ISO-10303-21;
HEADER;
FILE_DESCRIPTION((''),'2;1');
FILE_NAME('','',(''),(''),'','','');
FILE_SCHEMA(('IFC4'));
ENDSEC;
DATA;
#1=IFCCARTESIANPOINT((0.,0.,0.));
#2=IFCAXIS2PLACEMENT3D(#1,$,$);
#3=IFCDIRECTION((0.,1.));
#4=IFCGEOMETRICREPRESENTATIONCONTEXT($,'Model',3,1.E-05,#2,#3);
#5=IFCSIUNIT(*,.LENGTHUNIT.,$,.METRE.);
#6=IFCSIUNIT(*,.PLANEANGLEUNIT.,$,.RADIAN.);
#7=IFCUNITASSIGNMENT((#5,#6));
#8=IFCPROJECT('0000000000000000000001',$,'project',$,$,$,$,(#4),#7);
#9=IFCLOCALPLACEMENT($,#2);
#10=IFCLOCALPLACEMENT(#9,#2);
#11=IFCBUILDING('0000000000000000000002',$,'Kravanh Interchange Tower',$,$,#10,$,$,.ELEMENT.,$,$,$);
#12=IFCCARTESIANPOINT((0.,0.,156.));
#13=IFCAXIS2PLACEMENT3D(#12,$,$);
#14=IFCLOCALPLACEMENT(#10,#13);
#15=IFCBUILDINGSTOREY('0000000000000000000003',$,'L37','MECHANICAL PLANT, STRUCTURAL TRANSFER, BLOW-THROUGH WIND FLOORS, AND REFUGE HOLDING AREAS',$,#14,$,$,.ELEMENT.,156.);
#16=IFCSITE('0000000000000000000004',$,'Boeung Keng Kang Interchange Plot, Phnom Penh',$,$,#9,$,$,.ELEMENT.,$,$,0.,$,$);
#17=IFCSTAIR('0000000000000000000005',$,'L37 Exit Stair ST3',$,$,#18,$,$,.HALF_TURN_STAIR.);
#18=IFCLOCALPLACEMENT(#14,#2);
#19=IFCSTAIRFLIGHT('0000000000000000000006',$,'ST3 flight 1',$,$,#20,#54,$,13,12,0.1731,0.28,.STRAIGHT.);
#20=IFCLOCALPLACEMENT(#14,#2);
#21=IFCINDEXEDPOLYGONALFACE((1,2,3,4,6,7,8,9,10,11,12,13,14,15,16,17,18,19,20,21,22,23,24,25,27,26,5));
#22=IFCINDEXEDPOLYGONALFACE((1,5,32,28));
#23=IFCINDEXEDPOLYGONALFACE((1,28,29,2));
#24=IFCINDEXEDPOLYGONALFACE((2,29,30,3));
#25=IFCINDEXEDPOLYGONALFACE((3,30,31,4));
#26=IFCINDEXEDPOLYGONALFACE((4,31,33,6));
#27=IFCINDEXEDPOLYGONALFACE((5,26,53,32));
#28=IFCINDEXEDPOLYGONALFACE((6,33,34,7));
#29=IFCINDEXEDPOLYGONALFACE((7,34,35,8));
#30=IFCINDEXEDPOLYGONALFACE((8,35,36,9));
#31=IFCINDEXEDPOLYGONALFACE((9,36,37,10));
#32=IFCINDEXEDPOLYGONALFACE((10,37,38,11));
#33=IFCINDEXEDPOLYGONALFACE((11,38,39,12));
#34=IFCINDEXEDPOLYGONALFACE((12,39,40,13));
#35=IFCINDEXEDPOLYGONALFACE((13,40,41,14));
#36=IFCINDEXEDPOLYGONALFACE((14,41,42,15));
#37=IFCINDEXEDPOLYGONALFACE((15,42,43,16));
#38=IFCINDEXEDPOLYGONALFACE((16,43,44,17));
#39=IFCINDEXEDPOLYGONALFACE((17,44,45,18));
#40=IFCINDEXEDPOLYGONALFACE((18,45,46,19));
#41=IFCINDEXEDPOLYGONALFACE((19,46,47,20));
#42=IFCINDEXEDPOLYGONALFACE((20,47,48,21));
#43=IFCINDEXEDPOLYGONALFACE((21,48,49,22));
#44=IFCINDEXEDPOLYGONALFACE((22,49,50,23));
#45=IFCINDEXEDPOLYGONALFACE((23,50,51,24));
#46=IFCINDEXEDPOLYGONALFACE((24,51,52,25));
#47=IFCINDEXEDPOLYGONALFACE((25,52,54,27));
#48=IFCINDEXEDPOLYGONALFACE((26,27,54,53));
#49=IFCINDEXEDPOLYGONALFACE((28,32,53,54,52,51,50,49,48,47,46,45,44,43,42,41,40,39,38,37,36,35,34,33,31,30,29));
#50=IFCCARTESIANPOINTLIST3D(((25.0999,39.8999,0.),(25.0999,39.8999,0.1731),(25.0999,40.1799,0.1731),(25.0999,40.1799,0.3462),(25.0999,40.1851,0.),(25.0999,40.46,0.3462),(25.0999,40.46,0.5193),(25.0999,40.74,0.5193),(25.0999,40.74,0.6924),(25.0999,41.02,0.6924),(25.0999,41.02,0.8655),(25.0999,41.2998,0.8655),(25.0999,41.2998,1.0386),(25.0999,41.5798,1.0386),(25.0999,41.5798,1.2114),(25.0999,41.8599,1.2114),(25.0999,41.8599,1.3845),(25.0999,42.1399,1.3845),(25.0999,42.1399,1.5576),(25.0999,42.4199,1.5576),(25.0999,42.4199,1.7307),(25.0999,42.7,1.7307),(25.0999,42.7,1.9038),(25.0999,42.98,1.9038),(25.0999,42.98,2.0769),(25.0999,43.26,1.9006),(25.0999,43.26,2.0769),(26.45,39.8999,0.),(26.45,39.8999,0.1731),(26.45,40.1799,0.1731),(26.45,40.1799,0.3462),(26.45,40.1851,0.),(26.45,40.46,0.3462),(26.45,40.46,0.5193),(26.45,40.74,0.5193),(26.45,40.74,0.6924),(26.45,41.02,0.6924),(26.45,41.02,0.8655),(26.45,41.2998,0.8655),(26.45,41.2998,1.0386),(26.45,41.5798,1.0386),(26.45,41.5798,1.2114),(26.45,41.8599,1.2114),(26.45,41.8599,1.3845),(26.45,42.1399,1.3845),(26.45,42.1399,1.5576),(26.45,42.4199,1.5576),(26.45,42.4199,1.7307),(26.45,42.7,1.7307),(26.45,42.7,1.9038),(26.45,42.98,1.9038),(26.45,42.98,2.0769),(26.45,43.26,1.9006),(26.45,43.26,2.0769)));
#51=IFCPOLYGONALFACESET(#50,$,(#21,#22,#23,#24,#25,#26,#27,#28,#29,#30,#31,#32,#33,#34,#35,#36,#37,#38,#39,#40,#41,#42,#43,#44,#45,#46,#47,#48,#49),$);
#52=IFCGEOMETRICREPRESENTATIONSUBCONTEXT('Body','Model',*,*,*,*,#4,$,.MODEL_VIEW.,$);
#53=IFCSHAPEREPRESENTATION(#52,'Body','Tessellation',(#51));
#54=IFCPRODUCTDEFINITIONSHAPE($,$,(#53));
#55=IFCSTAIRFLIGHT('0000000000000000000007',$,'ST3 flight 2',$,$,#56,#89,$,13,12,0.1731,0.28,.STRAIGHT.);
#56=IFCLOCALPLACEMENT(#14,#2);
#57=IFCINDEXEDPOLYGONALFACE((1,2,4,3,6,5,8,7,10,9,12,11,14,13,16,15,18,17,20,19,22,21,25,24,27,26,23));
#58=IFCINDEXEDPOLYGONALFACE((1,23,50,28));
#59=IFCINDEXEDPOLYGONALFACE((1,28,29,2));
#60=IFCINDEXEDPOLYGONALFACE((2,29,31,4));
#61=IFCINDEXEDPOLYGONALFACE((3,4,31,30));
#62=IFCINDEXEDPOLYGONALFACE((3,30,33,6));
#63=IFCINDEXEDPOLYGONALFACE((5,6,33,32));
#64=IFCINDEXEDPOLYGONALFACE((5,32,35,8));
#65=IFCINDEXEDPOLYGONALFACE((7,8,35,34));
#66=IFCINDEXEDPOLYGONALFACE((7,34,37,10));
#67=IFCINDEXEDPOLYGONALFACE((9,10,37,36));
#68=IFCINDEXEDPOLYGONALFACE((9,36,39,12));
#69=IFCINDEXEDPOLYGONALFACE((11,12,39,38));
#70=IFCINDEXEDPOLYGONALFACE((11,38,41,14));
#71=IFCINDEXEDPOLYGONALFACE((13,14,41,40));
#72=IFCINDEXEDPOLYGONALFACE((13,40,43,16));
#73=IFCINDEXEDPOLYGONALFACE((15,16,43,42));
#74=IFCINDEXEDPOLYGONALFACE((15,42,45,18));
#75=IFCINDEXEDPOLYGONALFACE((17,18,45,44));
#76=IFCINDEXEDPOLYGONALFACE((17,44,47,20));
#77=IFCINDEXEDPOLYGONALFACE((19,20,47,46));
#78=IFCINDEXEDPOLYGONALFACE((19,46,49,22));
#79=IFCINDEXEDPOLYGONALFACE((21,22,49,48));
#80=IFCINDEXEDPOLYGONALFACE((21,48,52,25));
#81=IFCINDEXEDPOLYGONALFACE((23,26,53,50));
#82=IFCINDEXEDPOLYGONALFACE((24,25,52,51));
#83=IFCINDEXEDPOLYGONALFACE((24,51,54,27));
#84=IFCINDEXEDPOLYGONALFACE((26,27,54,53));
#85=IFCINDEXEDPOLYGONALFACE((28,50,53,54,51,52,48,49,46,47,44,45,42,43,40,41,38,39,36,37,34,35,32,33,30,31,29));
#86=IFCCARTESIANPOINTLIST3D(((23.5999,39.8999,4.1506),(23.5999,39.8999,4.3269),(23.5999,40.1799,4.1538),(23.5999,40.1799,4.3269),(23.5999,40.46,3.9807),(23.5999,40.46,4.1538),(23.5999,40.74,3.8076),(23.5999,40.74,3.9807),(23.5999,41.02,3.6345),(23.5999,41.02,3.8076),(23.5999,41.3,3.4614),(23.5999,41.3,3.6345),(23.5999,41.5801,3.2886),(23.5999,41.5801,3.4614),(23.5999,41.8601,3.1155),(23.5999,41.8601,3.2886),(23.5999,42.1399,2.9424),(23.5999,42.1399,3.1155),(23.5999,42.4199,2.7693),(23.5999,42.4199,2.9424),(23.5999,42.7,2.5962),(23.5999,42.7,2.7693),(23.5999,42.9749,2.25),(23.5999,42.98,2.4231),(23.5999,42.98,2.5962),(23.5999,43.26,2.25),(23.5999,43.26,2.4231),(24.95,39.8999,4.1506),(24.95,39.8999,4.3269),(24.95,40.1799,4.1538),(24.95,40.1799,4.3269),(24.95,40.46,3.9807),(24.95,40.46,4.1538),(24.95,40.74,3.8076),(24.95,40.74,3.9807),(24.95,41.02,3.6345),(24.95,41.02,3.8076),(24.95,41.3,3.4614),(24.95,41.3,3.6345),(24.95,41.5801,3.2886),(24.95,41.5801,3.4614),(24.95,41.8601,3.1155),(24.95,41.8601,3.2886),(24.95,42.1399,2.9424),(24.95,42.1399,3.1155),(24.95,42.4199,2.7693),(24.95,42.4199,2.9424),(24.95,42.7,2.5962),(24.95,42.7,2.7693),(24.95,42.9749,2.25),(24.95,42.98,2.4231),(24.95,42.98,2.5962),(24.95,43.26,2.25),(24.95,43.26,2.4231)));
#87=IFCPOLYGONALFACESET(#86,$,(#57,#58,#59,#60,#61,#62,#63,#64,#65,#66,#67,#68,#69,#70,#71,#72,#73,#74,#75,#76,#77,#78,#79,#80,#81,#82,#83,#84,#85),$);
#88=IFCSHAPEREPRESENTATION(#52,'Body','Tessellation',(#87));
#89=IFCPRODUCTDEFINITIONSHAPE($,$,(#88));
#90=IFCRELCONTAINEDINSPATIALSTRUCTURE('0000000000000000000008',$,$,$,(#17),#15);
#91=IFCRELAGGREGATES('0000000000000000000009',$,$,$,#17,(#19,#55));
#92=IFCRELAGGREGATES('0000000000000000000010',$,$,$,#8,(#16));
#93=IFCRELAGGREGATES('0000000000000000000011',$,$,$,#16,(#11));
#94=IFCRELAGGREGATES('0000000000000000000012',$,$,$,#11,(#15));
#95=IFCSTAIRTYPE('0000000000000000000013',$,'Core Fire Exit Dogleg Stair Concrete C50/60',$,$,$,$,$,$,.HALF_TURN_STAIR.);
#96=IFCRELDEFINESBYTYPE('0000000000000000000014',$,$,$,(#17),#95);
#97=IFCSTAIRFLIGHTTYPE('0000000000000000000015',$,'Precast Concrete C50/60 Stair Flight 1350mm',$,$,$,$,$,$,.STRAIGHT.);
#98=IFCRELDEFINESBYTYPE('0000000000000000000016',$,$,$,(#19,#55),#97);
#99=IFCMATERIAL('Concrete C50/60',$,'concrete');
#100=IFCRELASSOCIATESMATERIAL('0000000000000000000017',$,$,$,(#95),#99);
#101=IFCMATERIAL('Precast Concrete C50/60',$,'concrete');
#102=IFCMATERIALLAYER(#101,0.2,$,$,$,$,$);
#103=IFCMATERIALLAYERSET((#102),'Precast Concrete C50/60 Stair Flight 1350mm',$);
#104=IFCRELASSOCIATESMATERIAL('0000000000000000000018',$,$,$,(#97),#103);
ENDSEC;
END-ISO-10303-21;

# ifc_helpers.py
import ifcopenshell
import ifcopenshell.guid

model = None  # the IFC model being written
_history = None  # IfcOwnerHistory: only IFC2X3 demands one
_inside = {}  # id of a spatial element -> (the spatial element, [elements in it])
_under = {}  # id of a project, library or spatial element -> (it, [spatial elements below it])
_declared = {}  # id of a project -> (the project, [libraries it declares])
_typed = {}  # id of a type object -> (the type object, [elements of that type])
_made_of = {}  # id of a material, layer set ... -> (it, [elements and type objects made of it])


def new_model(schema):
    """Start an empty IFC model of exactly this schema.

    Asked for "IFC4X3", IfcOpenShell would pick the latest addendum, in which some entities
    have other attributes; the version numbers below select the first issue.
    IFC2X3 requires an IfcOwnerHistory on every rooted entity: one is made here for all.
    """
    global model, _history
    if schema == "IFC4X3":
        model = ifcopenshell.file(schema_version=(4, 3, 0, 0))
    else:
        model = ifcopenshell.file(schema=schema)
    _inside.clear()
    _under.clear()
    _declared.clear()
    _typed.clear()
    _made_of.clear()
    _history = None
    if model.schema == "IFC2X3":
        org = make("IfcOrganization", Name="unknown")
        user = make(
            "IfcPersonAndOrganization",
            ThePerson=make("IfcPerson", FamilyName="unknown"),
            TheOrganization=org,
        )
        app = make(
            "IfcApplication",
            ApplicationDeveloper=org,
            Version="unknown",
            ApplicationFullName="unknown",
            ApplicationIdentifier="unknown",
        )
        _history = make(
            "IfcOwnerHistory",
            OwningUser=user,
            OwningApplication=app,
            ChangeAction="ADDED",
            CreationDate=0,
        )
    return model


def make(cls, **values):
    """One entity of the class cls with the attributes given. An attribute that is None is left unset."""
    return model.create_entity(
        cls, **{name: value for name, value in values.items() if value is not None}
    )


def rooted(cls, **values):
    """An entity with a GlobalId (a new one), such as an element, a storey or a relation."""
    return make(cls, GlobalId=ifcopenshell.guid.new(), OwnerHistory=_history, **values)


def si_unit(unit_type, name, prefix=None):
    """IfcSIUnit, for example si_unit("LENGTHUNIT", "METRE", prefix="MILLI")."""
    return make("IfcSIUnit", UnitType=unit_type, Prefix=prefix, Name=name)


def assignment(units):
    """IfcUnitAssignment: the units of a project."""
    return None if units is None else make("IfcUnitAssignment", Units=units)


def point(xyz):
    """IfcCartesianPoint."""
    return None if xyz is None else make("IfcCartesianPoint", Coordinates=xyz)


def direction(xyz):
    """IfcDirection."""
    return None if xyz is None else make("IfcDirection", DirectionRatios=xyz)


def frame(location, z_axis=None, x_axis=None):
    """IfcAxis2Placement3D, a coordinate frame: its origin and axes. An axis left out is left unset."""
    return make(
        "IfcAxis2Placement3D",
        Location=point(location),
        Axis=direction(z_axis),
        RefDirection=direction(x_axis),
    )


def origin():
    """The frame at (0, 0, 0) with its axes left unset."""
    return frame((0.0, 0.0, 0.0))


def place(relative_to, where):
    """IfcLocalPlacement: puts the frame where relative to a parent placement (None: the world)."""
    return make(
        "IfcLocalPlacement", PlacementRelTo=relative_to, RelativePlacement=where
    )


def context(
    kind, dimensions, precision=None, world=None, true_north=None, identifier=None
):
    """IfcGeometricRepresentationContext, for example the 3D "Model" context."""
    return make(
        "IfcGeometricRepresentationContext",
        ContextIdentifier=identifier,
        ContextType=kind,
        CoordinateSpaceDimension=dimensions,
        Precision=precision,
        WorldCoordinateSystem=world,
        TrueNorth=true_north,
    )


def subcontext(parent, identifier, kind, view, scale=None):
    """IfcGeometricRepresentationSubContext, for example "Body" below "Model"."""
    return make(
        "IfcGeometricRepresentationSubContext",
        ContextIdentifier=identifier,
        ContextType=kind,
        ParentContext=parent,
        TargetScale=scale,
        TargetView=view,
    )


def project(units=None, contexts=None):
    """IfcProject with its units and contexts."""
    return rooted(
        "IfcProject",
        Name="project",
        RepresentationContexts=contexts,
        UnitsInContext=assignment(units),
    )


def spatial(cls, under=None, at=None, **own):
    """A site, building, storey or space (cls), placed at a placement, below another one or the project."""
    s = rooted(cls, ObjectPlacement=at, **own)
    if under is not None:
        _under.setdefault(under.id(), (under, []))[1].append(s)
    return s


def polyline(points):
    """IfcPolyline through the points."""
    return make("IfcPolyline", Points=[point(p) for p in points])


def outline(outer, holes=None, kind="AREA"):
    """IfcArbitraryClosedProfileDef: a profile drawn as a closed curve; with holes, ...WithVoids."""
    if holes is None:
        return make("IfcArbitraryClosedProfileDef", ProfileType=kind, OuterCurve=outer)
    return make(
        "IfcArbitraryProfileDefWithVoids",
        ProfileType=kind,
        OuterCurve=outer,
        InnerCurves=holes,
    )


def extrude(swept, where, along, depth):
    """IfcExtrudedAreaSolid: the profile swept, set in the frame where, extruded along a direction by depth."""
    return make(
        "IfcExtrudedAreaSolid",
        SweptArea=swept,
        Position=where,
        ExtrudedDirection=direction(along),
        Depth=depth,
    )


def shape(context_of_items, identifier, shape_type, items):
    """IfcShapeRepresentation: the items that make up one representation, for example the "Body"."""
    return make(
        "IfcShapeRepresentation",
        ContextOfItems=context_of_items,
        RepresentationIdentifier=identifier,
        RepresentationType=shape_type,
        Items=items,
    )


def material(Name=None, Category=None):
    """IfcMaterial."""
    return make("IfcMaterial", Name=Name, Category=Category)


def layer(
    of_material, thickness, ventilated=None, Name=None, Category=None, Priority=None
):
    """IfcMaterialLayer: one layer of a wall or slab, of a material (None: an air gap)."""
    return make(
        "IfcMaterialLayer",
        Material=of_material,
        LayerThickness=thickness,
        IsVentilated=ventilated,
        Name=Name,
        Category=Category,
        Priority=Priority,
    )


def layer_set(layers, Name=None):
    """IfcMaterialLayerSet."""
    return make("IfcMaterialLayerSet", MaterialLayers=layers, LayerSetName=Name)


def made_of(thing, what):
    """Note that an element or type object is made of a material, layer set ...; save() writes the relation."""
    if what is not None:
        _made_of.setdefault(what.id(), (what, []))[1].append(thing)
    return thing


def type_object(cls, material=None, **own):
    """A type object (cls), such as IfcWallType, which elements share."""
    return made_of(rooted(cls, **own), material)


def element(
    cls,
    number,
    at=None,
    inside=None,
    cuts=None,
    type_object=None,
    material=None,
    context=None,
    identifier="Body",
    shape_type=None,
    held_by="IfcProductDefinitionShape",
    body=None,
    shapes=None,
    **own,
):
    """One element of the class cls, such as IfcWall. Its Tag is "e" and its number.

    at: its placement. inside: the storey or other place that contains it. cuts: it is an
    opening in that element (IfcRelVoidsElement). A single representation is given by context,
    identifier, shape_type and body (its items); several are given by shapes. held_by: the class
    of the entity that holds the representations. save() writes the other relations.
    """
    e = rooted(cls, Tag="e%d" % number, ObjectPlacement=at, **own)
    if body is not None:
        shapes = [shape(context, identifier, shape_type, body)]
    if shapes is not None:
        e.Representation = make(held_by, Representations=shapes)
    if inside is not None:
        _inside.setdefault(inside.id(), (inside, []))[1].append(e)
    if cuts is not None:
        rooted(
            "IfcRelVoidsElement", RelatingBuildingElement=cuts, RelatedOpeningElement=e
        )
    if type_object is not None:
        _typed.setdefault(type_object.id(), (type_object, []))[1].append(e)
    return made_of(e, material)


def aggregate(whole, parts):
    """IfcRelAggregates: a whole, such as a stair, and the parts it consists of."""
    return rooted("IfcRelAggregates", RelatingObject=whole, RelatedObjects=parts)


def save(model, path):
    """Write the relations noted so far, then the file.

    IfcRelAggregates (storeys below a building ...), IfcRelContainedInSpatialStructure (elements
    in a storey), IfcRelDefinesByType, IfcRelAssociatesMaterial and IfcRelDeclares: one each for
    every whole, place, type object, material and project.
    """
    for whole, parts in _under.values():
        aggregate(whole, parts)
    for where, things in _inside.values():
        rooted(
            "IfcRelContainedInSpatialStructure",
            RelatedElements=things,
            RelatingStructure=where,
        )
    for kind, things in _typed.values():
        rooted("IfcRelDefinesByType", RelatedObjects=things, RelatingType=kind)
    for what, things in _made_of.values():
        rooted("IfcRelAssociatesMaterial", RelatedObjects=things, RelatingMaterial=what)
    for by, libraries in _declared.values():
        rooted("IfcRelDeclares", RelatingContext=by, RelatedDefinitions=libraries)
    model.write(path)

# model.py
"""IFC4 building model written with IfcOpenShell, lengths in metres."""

from ifc_helpers import new_model, si_unit, direction, frame, origin, place, context, subcontext, project, spatial, polyline, outline, extrude, material, layer, layer_set, type_object, element, aggregate, save


model = new_model("IFC4")

# Units and contexts
model_context = context("Model", 3, precision=1e-05, world=origin(), true_north=direction((0.0, 1.0)))
body_context = subcontext(model_context, "Body", "Model", "MODEL_VIEW")
ifc_project = project(units=[si_unit("LENGTHUNIT", "METRE"), si_unit("PLANEANGLEUNIT", "RADIAN")], contexts=[model_context])

# Site, building, storey
site_placement = place(None, origin())
site = spatial("IfcSite", under=ifc_project, at=site_placement, Name="Boeung Keng Kang Interchange Plot, Phnom Penh", CompositionType="ELEMENT", RefElevation=0.0)
building_placement = place(site_placement, origin())
building = spatial("IfcBuilding", under=site, at=building_placement, Name="Kravanh Interchange Tower", CompositionType="ELEMENT")
storey_placement = place(building_placement, frame((0.0, 0.0, 156.0)))
storey = spatial("IfcBuildingStorey", under=building, at=storey_placement, Name="L37", Description="MECHANICAL PLANT, STRUCTURAL TRANSFER, BLOW-THROUGH WIND FLOORS, AND REFUGE HOLDING AREAS", CompositionType="ELEMENT", Elevation=156.0)

# Stair, stair flights
ifc_material_1 = material(Name="Concrete C50/60", Category="concrete")
stair_type = type_object("IfcStairType", Name="Core Fire Exit Dogleg Stair Concrete C50/60", PredefinedType="HALF_TURN_STAIR", material=ifc_material_1)
stair_placement = place(storey_placement, origin())
stair = element("IfcStair", 1, at=stair_placement, inside=storey, type_object=stair_type, Name="L37 Exit Stair ST3", PredefinedType="HALF_TURN_STAIR")
ifc_material_2 = material(Name="Precast Concrete C50/60", Category="concrete")
ifc_layer_1 = layer(ifc_material_2, 0.2)
ifc_layer_set_1 = layer_set([ifc_layer_1], Name="Precast Concrete C50/60 Stair Flight 1350mm")
stair_flight_type = type_object("IfcStairFlightType", Name="Precast Concrete C50/60 Stair Flight 1350mm", PredefinedType="STRAIGHT", material=ifc_layer_set_1)
stair_flight_1_placement = place(storey_placement, frame((25.7749, 39.8999, 0.0), z_axis=(0.0, 0.0, 1.0), x_axis=(0.0, 1.0, 0.0)))
stair_flight_1 = element("IfcStairFlight", 2, at=stair_flight_1_placement, type_object=stair_flight_type, Name="ST3 flight 1", NumberOfRisers=13, NumberOfTreads=12, PredefinedType="STRAIGHT", RiserHeight=0.1731, TreadLength=0.28, context=body_context, shape_type="SweptSolid", body=[
    extrude(outline(polyline([(0.0, 0.0), (0.0, 0.1731), (0.28, 0.1731), (0.28, 0.3462), (0.5601, 0.3462), (0.5601, 0.5193), (0.8401, 0.5193), (0.8401, 0.6924), (1.1201, 0.6924), (1.1201, 0.8655), (1.3999, 0.8655), (1.3999, 1.0386), (1.6799, 1.0386), (1.6799, 1.2114), (1.96, 1.2114), (1.96, 1.3845), (2.24, 1.3845), (2.24, 1.5576), (2.52, 1.5576), (2.52, 1.7307), (2.8, 1.7307), (2.8, 1.9038), (3.0801, 1.9038), (3.0801, 2.0769), (3.3601, 2.0769), (3.3601, 2.25), (3.3601, 1.9006), (0.2852, 0.0), (0.0, 0.0)])), frame((0.0, 0.675, 0.0), z_axis=(0.0, -1.0, 0.0), x_axis=(1.0, 0.0, 0.0)), (0.0, 0.0, 1.0), 1.3501),
])
stair_flight_2_placement = place(storey_placement, frame((24.2749, 43.26, 2.25), z_axis=(0.0, 0.0, 1.0), x_axis=(0.0, -1.0, 0.0)))
stair_flight_2 = element("IfcStairFlight", 3, at=stair_flight_2_placement, type_object=stair_flight_type, Name="ST3 flight 2", NumberOfRisers=13, NumberOfTreads=12, PredefinedType="STRAIGHT", RiserHeight=0.1731, TreadLength=0.28, context=body_context, shape_type="SweptSolid", body=[
    extrude(outline(polyline([(0.0, 0.0), (0.0, 0.1731), (0.28, 0.1731), (0.28, 0.3462), (0.5601, 0.3462), (0.5601, 0.5193), (0.8401, 0.5193), (0.8401, 0.6924), (1.1201, 0.6924), (1.1201, 0.8655), (1.3999, 0.8655), (1.3999, 1.0386), (1.6799, 1.0386), (1.6799, 1.2114), (1.96, 1.2114), (1.96, 1.3845), (2.24, 1.3845), (2.24, 1.5576), (2.52, 1.5576), (2.52, 1.7307), (2.8, 1.7307), (2.8, 1.9038), (3.0801, 1.9038), (3.0801, 2.0769), (3.3601, 2.0769), (3.3601, 2.25), (3.3601, 1.9006), (0.2852, 0.0), (0.0, 0.0)])), frame((0.0, 0.675, 0.0), z_axis=(0.0, -1.0, 0.0), x_axis=(1.0, 0.0, 0.0)), (0.0, 0.0, 1.0), 1.3501),
])
aggregate(stair, [stair_flight_1, stair_flight_2])

save(model, "model.ifc")
